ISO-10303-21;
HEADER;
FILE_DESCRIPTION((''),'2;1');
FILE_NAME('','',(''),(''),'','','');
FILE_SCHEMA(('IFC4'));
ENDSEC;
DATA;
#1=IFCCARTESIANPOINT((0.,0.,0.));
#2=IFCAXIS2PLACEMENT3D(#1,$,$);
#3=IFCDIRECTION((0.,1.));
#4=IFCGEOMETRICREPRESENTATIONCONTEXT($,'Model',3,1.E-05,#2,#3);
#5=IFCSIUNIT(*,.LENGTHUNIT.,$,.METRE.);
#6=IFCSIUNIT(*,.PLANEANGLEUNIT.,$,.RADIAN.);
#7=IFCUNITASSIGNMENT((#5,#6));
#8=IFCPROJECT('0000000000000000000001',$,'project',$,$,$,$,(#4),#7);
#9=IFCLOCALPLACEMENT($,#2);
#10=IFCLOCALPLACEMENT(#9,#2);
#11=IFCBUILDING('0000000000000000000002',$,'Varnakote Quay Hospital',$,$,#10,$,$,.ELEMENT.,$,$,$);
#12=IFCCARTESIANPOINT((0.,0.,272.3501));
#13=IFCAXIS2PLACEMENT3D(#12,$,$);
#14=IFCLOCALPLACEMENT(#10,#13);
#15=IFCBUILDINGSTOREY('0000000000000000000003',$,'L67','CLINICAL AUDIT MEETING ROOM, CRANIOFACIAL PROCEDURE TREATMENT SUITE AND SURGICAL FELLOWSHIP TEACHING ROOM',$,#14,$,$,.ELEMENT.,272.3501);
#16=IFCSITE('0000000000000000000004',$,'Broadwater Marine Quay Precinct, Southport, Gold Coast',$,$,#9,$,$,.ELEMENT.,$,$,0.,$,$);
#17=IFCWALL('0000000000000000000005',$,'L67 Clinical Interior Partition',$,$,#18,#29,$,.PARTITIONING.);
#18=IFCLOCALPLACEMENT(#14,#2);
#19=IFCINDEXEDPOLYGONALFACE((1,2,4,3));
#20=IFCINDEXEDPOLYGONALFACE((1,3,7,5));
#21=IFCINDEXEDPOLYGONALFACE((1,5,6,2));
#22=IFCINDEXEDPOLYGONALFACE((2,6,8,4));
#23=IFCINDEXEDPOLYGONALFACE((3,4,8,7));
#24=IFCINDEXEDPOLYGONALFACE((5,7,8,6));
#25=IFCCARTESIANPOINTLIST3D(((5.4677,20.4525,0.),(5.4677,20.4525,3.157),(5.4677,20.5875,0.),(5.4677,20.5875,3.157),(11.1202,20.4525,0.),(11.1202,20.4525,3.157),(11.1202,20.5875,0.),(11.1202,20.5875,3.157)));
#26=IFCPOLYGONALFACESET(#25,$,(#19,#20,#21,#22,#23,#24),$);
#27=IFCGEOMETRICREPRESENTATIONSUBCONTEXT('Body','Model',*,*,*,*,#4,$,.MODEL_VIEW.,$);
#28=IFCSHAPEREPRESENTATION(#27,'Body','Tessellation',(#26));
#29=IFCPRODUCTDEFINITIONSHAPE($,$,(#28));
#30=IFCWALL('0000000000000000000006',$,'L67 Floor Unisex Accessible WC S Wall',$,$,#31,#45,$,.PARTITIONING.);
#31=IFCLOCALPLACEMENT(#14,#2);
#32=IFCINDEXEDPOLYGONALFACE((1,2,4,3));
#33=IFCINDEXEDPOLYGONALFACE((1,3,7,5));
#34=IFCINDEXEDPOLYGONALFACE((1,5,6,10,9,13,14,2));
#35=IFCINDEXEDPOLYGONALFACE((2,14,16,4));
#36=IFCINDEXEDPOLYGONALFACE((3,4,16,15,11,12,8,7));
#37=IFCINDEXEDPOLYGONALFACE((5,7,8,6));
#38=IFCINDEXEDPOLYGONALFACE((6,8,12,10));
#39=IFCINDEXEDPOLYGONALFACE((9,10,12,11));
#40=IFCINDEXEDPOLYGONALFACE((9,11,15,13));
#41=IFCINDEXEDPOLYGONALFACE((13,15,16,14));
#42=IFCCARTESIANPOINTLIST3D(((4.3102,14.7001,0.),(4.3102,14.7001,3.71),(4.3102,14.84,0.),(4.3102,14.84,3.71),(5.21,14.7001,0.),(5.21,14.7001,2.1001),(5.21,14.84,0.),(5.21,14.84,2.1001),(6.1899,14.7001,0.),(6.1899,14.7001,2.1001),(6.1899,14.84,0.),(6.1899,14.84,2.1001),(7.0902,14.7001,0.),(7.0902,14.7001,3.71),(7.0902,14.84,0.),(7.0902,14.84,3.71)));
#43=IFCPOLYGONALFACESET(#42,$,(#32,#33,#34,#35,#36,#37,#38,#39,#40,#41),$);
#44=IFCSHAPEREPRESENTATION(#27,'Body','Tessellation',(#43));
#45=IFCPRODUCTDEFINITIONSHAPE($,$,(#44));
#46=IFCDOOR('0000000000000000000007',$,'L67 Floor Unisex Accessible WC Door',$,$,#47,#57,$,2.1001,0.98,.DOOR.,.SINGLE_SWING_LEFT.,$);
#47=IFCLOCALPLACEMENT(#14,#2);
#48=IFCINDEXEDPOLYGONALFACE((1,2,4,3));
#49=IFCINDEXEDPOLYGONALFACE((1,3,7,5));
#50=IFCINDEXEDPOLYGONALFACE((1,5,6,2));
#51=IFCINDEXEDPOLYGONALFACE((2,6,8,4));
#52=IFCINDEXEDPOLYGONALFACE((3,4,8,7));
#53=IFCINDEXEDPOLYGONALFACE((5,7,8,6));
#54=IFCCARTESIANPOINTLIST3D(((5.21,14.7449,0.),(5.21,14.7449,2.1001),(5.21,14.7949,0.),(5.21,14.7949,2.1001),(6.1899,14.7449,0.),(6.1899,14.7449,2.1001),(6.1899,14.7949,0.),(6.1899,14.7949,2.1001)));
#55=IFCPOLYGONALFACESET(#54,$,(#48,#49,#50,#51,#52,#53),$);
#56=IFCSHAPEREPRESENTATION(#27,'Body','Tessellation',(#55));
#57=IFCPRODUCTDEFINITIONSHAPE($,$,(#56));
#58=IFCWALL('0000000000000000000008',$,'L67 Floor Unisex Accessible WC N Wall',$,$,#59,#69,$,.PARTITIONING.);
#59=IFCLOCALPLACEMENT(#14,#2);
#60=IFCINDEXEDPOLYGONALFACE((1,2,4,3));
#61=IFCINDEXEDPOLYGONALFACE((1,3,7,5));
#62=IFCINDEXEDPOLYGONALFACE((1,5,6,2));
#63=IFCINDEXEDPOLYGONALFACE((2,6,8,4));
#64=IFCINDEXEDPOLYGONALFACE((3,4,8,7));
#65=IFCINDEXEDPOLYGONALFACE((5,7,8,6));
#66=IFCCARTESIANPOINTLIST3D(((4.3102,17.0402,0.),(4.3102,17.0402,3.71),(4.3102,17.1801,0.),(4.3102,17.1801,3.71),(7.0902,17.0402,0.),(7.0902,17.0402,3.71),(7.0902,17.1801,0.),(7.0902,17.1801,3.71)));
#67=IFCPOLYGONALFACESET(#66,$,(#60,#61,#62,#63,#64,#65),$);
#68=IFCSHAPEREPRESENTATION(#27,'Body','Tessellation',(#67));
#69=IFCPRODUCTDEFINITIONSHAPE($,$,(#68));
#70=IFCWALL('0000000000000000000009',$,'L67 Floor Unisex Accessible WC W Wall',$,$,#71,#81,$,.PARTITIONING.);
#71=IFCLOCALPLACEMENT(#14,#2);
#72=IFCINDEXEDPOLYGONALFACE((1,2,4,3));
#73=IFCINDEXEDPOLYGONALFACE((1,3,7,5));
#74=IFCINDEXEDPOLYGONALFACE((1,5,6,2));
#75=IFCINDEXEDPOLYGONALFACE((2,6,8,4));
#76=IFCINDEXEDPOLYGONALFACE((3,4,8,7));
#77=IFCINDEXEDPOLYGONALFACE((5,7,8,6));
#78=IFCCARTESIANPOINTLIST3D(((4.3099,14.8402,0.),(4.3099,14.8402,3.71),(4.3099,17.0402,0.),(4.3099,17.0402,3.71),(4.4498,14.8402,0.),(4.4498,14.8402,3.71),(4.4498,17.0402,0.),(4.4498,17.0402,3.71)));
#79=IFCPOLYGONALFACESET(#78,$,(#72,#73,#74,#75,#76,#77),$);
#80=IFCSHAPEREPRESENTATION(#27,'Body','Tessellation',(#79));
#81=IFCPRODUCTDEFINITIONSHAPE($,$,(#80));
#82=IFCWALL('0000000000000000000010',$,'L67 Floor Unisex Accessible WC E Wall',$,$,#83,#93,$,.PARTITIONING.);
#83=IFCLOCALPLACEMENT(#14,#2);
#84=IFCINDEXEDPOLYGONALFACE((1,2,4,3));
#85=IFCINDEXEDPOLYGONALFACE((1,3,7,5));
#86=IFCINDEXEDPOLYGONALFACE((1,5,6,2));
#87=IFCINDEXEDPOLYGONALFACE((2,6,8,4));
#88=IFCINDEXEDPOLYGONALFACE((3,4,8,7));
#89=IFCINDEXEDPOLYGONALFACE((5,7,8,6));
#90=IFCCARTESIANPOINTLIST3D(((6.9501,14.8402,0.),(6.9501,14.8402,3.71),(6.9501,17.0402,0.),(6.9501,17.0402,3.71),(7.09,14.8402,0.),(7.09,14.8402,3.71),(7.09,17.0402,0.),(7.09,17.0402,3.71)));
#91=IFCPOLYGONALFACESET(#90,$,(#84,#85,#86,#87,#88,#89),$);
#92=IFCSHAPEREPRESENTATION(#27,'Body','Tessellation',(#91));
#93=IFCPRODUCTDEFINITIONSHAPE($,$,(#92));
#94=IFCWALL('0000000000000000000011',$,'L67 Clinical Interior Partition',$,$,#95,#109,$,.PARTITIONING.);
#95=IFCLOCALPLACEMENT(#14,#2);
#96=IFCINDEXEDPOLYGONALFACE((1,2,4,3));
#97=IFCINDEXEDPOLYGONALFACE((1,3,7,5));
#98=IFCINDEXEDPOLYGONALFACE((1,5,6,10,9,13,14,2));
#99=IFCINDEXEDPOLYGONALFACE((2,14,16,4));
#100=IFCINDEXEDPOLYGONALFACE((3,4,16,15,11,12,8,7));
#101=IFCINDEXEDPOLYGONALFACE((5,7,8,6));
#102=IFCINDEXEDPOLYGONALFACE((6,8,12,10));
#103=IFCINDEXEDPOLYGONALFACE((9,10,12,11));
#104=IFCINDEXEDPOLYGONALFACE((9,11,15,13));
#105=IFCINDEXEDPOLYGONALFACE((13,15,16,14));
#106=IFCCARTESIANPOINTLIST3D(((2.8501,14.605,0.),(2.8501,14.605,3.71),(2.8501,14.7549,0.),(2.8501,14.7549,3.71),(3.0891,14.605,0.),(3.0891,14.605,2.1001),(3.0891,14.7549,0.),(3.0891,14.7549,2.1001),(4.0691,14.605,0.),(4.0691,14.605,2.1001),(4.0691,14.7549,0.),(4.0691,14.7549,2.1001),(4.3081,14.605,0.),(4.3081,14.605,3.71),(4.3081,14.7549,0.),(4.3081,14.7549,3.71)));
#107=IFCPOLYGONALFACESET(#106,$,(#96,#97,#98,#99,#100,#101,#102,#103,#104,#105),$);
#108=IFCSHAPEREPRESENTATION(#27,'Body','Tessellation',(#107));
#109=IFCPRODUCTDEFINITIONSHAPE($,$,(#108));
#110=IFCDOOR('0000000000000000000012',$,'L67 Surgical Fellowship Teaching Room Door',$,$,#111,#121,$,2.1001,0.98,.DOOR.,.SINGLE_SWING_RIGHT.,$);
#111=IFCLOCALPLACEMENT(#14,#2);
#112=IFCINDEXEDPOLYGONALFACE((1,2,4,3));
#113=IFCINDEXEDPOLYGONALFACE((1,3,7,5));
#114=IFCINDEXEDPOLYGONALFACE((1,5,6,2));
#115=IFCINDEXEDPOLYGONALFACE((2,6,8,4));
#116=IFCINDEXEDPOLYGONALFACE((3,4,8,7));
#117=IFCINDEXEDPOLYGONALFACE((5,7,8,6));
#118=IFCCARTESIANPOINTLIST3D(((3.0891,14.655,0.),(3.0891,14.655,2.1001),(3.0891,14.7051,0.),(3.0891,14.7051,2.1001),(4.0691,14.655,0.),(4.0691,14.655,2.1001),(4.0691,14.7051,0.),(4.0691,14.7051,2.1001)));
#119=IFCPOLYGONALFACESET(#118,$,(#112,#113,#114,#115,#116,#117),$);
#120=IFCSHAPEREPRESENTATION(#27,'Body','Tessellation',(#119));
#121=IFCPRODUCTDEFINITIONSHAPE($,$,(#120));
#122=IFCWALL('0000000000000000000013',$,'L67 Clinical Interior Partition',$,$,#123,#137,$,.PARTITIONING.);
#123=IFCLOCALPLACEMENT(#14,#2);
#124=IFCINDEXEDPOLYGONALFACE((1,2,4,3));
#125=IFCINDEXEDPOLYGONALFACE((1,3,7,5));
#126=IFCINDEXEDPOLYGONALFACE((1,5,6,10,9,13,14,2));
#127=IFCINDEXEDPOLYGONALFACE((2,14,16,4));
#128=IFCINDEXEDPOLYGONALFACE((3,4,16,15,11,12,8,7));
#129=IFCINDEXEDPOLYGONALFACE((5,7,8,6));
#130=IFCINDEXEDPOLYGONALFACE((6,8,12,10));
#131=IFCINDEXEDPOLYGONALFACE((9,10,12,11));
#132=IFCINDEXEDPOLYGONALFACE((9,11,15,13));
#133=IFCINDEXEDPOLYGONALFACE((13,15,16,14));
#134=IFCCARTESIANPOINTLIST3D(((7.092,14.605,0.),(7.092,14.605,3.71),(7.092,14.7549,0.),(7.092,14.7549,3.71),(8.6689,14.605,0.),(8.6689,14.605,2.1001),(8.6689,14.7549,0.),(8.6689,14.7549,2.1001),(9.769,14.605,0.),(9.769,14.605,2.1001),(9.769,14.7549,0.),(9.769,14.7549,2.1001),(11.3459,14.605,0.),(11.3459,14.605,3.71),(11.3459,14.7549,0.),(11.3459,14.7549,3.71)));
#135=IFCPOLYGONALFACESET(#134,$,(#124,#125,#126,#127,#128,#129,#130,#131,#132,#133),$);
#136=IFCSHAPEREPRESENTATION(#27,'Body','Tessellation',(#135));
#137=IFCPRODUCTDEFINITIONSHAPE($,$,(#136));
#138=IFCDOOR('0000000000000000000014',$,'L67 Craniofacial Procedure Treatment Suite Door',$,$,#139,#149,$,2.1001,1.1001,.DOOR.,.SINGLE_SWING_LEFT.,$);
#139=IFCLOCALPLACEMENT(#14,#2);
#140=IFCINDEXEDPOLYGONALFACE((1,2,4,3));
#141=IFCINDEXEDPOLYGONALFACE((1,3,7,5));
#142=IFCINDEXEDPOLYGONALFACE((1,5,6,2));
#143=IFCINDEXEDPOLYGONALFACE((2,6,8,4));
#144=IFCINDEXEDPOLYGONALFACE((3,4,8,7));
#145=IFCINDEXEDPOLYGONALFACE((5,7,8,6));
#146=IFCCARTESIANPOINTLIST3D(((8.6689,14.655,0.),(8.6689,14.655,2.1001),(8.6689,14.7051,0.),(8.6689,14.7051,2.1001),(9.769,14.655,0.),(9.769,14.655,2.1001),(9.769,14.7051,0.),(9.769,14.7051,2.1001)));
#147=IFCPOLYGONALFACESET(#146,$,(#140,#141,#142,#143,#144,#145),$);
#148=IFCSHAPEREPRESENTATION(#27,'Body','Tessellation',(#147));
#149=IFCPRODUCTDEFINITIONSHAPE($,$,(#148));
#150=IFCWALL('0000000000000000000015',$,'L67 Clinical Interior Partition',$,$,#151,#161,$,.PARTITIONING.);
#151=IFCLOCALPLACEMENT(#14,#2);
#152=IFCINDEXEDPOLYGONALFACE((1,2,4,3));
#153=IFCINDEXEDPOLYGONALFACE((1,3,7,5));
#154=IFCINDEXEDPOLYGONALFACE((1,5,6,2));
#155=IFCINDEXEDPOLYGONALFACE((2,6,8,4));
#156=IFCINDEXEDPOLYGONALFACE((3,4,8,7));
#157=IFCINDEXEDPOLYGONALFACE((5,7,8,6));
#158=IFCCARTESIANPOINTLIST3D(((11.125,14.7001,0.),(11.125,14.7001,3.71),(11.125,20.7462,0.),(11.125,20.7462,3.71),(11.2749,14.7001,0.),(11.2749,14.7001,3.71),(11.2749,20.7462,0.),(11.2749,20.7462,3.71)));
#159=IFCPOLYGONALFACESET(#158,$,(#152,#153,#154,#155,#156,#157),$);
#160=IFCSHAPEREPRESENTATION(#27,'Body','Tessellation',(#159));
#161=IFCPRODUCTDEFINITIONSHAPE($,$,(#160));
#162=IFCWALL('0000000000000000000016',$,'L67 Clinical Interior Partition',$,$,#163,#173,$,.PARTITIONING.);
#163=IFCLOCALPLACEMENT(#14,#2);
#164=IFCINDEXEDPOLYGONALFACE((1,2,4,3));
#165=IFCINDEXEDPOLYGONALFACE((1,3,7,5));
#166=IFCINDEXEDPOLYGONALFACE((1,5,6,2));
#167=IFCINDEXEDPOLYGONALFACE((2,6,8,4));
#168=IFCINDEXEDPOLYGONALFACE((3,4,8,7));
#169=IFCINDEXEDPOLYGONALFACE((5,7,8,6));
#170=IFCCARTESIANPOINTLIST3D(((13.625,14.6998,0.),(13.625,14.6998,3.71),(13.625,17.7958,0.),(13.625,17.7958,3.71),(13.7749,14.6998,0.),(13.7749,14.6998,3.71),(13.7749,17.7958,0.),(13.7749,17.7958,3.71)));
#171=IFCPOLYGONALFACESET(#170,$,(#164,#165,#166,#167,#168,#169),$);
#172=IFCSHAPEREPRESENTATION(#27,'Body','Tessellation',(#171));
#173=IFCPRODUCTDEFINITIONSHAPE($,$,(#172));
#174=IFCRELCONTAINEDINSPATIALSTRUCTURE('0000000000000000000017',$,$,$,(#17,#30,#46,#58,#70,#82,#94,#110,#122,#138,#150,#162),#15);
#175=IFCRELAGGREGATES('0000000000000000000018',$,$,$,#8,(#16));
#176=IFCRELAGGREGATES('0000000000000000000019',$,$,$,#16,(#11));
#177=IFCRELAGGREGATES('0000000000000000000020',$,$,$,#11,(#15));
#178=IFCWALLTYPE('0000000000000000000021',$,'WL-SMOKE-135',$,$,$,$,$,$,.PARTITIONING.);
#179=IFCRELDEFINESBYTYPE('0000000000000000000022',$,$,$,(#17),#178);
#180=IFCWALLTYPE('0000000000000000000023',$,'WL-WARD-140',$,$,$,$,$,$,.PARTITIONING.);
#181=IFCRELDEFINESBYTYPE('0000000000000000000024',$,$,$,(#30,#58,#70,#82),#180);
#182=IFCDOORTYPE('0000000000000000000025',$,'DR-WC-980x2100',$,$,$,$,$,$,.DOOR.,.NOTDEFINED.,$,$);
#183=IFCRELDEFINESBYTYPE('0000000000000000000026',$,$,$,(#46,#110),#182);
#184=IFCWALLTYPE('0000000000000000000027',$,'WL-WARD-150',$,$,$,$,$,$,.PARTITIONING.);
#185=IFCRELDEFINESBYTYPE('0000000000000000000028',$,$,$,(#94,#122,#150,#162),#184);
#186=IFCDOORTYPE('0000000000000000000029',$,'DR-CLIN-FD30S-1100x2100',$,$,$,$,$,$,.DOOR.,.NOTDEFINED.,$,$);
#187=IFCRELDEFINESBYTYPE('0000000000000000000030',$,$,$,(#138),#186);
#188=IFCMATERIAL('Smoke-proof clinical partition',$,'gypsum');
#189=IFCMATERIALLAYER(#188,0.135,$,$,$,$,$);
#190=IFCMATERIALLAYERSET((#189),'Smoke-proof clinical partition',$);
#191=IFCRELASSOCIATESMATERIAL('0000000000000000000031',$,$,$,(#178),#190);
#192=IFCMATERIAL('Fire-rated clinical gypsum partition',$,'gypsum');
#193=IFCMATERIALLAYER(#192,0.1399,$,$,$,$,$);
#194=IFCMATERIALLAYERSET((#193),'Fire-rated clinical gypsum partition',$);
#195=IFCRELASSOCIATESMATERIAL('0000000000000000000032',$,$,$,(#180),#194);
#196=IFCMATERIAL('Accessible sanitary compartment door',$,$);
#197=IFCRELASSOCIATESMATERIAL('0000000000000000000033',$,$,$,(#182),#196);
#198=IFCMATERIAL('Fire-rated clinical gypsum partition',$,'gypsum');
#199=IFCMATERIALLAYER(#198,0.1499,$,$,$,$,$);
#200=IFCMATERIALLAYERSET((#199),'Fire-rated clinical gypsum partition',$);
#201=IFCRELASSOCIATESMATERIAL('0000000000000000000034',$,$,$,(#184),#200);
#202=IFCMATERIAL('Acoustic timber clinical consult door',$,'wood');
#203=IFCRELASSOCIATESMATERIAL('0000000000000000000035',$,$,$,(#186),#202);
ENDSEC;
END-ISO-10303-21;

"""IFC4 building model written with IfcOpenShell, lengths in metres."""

from ifc_helpers import new_model, si_unit, direction, frame, frame_2d, origin, place, context, subcontext, project, spatial, rectangle, extrude, material, layer, layer_set, type_object, element, fill, save


model = new_model("IFC4")

# Units and contexts
model_context = context("Model", 3, precision=1e-05, world=origin(), true_north=direction((0.0, 1.0)))
body_context = subcontext(model_context, "Body", "Model", "MODEL_VIEW")
ifc_project = project(units=[si_unit("LENGTHUNIT", "METRE"), si_unit("PLANEANGLEUNIT", "RADIAN")], contexts=[model_context])

# Site, building, storey
site_placement = place(None, origin())
site = spatial("IfcSite", under=ifc_project, at=site_placement, Name="Broadwater Marine Quay Precinct, Southport, Gold Coast", CompositionType="ELEMENT", RefElevation=0.0)
building_placement = place(site_placement, origin())
building = spatial("IfcBuilding", under=site, at=building_placement, Name="Varnakote Quay Hospital", CompositionType="ELEMENT")
storey_placement = place(building_placement, frame((0.0, 0.0, 272.3501)))
storey = spatial("IfcBuildingStorey", under=building, at=storey_placement, Name="L67", Description="CLINICAL AUDIT MEETING ROOM, CRANIOFACIAL PROCEDURE TREATMENT SUITE AND SURGICAL FELLOWSHIP TEACHING ROOM", CompositionType="ELEMENT", Elevation=272.3501)

# Wall
ifc_material_1 = material(Name="Smoke-proof clinical partition", Category="gypsum")
ifc_layer_1 = layer(ifc_material_1, 0.135)
ifc_layer_set_1 = layer_set([ifc_layer_1], Name="Smoke-proof clinical partition")
wall_type_1 = type_object("IfcWallType", Name="WL-SMOKE-135", PredefinedType="PARTITIONING", material=ifc_layer_set_1)
wall_1_placement = place(storey_placement, frame((11.1201, 20.52, 0.0), z_axis=(0.0, 0.0, 1.0), x_axis=(-1.0, 0.0, 0.0)))
element("IfcWall", 1, at=wall_1_placement, inside=storey, type_object=wall_type_1, Name="L67 Clinical Interior Partition", PredefinedType="PARTITIONING", context=body_context, shape_type="SweptSolid", body=[
    extrude(rectangle(XDim=5.6526, YDim=0.135, at=frame_2d((2.8262, 0.0))), origin(), (0.0, 0.0, 1.0), 3.157),
])

# Wall, opening, door
ifc_material_2 = material(Name="Fire-rated clinical gypsum partition", Category="gypsum")
ifc_layer_2 = layer(ifc_material_2, 0.1399)
ifc_layer_set_2 = layer_set([ifc_layer_2], Name="Fire-rated clinical gypsum partition")
wall_type_2 = type_object("IfcWallType", Name="WL-WARD-140", PredefinedType="PARTITIONING", material=ifc_layer_set_2)
wall_2_placement = place(storey_placement, frame((4.3101, 14.77, 0.0), z_axis=(0.0, 0.0, 1.0), x_axis=(1.0, 0.0, 0.0)))
wall_2 = element("IfcWall", 2, at=wall_2_placement, inside=storey, type_object=wall_type_2, Name="L67 Floor Unisex Accessible WC S Wall", PredefinedType="PARTITIONING", context=body_context, shape_type="SweptSolid", body=[
    extrude(rectangle(XDim=2.78, YDim=0.1399, at=frame_2d((1.3901, 0.0))), origin(), (0.0, 0.0, 1.0), 3.71),
])
opening_1_placement = place(wall_2_placement, frame((0.8999, 0.0, 0.0)))
opening_1 = element("IfcOpeningElement", 3, at=opening_1_placement, cuts=wall_2, PredefinedType="OPENING", context=body_context, shape_type="SweptSolid", body=[
    extrude(rectangle(XDim=0.98, YDim=2.1001, at=frame_2d((0.49, 1.05))), frame((0.0, 0.0798, 0.0), z_axis=(0.0, -1.0, 0.0), x_axis=(1.0, 0.0, 0.0)), (0.0, 0.0, 1.0), 0.1599),
])
ifc_material_3 = material(Name="Accessible sanitary compartment door")
door_type_1 = type_object("IfcDoorType", Name="DR-WC-980x2100", OperationType="NOTDEFINED", PredefinedType="DOOR", material=ifc_material_3)
door_1_placement = place(opening_1_placement, origin())
door_1 = element("IfcDoor", 4, at=door_1_placement, inside=storey, type_object=door_type_1, Name="L67 Floor Unisex Accessible WC Door", OperationType="SINGLE_SWING_LEFT", OverallHeight=2.1001, OverallWidth=0.98, PredefinedType="DOOR", context=body_context, shape_type="SweptSolid", body=[
    extrude(rectangle(XDim=0.98, YDim=2.1001, at=frame_2d((0.49, 1.05))), frame((0.0, 0.0249, 0.0), z_axis=(0.0, -1.0, 0.0), x_axis=(1.0, 0.0, 0.0)), (0.0, 0.0, 1.0), 0.05),
])
fill(opening_1, door_1)

# Walls
wall_3_placement = place(storey_placement, frame((4.3101, 17.1101, 0.0), z_axis=(0.0, 0.0, 1.0), x_axis=(1.0, 0.0, 0.0)))
element("IfcWall", 5, at=wall_3_placement, inside=storey, type_object=wall_type_2, Name="L67 Floor Unisex Accessible WC N Wall", PredefinedType="PARTITIONING", context=body_context, shape_type="SweptSolid", body=[
    extrude(rectangle(XDim=2.78, YDim=0.1399, at=frame_2d((1.3901, 0.0))), origin(), (0.0, 0.0, 1.0), 3.71),
])
for number, where, z_axis, x_axis, name in (
    (6, (4.3799, 14.8401, 0.0), (0.0, 0.0, 1.0), (0.0, 1.0, 0.0), "L67 Floor Unisex Accessible WC W Wall"),
    (7, (7.02, 14.8401, 0.0), (0.0, 0.0, 1.0), (0.0, 1.0, 0.0), "L67 Floor Unisex Accessible WC E Wall"),
):
    element("IfcWall", number, at=place(storey_placement, frame(where, z_axis=z_axis, x_axis=x_axis)), inside=storey, type_object=wall_type_2, Name=name, PredefinedType="PARTITIONING", context=body_context, shape_type="SweptSolid", body=[
        extrude(rectangle(XDim=2.2, YDim=0.1399, at=frame_2d((1.1001, 0.0))), origin(), (0.0, 0.0, 1.0), 3.71),
    ])

# Walls, openings, doors
ifc_material_4 = material(Name="Fire-rated clinical gypsum partition", Category="gypsum")
ifc_layer_3 = layer(ifc_material_4, 0.1499)
ifc_layer_set_3 = layer_set([ifc_layer_3], Name="Fire-rated clinical gypsum partition")
wall_type_3 = type_object("IfcWallType", Name="WL-WARD-150", PredefinedType="PARTITIONING", material=ifc_layer_set_3)
wall_4_placement = place(storey_placement, frame((4.3081, 14.6799, 0.0), z_axis=(0.0, 0.0, 1.0), x_axis=(-1.0, 0.0, 0.0)))
wall_4 = element("IfcWall", 8, at=wall_4_placement, inside=storey, type_object=wall_type_3, Name="L67 Clinical Interior Partition", PredefinedType="PARTITIONING", context=body_context, shape_type="SweptSolid", body=[
    extrude(rectangle(XDim=1.458, YDim=0.1499, at=frame_2d((0.729, 0.0))), origin(), (0.0, 0.0, 1.0), 3.71),
])
opening_2_placement = place(wall_4_placement, frame((0.239, 0.0, 0.0)))
opening_2 = element("IfcOpeningElement", 9, at=opening_2_placement, cuts=wall_4, PredefinedType="OPENING", context=body_context, shape_type="SweptSolid", body=[
    extrude(rectangle(XDim=0.98, YDim=2.1001, at=frame_2d((0.49, 1.05))), frame((0.0, 0.085, 0.0), z_axis=(0.0, -1.0, 0.0), x_axis=(1.0, 0.0, 0.0)), (0.0, 0.0, 1.0), 0.1699),
])
door_2_placement = place(opening_2_placement, origin())
door_2 = element("IfcDoor", 10, at=door_2_placement, inside=storey, type_object=door_type_1, Name="L67 Surgical Fellowship Teaching Room Door", OperationType="SINGLE_SWING_RIGHT", OverallHeight=2.1001, OverallWidth=0.98, PredefinedType="DOOR", context=body_context, shape_type="SweptSolid", body=[
    extrude(rectangle(XDim=0.98, YDim=2.1001, at=frame_2d((0.49, 1.05))), frame((0.0, 0.0249, 0.0), z_axis=(0.0, -1.0, 0.0), x_axis=(1.0, 0.0, 0.0)), (0.0, 0.0, 1.0), 0.05),
])
fill(opening_2, door_2)
wall_5_placement = place(storey_placement, frame((11.3459, 14.6799, 0.0), z_axis=(0.0, 0.0, 1.0), x_axis=(-1.0, 0.0, 0.0)))
wall_5 = element("IfcWall", 11, at=wall_5_placement, inside=storey, type_object=wall_type_3, Name="L67 Clinical Interior Partition", PredefinedType="PARTITIONING", context=body_context, shape_type="SweptSolid", body=[
    extrude(rectangle(XDim=4.2539, YDim=0.1499, at=frame_2d((2.127, 0.0))), origin(), (0.0, 0.0, 1.0), 3.71),
])
opening_3_placement = place(wall_5_placement, frame((1.5769, 0.0, 0.0)))
opening_3 = element("IfcOpeningElement", 12, at=opening_3_placement, cuts=wall_5, PredefinedType="OPENING", context=body_context, shape_type="SweptSolid", body=[
    extrude(rectangle(XDim=1.1001, YDim=2.1001, at=frame_2d((0.55, 1.05))), frame((0.0, 0.085, 0.0), z_axis=(0.0, -1.0, 0.0), x_axis=(1.0, 0.0, 0.0)), (0.0, 0.0, 1.0), 0.1699),
])
ifc_material_5 = material(Name="Acoustic timber clinical consult door", Category="wood")
door_type_2 = type_object("IfcDoorType", Name="DR-CLIN-FD30S-1100x2100", OperationType="NOTDEFINED", PredefinedType="DOOR", material=ifc_material_5)
door_3_placement = place(opening_3_placement, origin())
door_3 = element("IfcDoor", 13, at=door_3_placement, inside=storey, type_object=door_type_2, Name="L67 Craniofacial Procedure Treatment Suite Door", OperationType="SINGLE_SWING_LEFT", OverallHeight=2.1001, OverallWidth=1.1001, PredefinedType="DOOR", context=body_context, shape_type="SweptSolid", body=[
    extrude(rectangle(XDim=1.1001, YDim=2.1001, at=frame_2d((0.55, 1.05))), frame((0.0, 0.0249, 0.0), z_axis=(0.0, -1.0, 0.0), x_axis=(1.0, 0.0, 0.0)), (0.0, 0.0, 1.0), 0.05),
])
fill(opening_3, door_3)

# Walls
wall_6_placement = place(storey_placement, frame((11.2, 20.7461, 0.0), z_axis=(0.0, 0.0, 1.0), x_axis=(0.0, -1.0, 0.0)))
element("IfcWall", 14, at=wall_6_placement, inside=storey, type_object=wall_type_3, Name="L67 Clinical Interior Partition", PredefinedType="PARTITIONING", context=body_context, shape_type="SweptSolid", body=[
    extrude(rectangle(XDim=6.0461, YDim=0.1499, at=frame_2d((3.0229, 0.0))), origin(), (0.0, 0.0, 1.0), 3.71),
])
wall_7_placement = place(storey_placement, frame((13.7, 14.7, 0.0), z_axis=(0.0, 0.0, 1.0), x_axis=(0.0, 1.0, 0.0)))
element("IfcWall", 15, at=wall_7_placement, inside=storey, type_object=wall_type_3, Name="L67 Clinical Interior Partition", PredefinedType="PARTITIONING", context=body_context, shape_type="SweptSolid", body=[
    extrude(rectangle(XDim=3.0959, YDim=0.1499, at=frame_2d((1.5479, 0.0))), origin(), (0.0, 0.0, 1.0), 3.71),
])

save(model, "model.ifc")
